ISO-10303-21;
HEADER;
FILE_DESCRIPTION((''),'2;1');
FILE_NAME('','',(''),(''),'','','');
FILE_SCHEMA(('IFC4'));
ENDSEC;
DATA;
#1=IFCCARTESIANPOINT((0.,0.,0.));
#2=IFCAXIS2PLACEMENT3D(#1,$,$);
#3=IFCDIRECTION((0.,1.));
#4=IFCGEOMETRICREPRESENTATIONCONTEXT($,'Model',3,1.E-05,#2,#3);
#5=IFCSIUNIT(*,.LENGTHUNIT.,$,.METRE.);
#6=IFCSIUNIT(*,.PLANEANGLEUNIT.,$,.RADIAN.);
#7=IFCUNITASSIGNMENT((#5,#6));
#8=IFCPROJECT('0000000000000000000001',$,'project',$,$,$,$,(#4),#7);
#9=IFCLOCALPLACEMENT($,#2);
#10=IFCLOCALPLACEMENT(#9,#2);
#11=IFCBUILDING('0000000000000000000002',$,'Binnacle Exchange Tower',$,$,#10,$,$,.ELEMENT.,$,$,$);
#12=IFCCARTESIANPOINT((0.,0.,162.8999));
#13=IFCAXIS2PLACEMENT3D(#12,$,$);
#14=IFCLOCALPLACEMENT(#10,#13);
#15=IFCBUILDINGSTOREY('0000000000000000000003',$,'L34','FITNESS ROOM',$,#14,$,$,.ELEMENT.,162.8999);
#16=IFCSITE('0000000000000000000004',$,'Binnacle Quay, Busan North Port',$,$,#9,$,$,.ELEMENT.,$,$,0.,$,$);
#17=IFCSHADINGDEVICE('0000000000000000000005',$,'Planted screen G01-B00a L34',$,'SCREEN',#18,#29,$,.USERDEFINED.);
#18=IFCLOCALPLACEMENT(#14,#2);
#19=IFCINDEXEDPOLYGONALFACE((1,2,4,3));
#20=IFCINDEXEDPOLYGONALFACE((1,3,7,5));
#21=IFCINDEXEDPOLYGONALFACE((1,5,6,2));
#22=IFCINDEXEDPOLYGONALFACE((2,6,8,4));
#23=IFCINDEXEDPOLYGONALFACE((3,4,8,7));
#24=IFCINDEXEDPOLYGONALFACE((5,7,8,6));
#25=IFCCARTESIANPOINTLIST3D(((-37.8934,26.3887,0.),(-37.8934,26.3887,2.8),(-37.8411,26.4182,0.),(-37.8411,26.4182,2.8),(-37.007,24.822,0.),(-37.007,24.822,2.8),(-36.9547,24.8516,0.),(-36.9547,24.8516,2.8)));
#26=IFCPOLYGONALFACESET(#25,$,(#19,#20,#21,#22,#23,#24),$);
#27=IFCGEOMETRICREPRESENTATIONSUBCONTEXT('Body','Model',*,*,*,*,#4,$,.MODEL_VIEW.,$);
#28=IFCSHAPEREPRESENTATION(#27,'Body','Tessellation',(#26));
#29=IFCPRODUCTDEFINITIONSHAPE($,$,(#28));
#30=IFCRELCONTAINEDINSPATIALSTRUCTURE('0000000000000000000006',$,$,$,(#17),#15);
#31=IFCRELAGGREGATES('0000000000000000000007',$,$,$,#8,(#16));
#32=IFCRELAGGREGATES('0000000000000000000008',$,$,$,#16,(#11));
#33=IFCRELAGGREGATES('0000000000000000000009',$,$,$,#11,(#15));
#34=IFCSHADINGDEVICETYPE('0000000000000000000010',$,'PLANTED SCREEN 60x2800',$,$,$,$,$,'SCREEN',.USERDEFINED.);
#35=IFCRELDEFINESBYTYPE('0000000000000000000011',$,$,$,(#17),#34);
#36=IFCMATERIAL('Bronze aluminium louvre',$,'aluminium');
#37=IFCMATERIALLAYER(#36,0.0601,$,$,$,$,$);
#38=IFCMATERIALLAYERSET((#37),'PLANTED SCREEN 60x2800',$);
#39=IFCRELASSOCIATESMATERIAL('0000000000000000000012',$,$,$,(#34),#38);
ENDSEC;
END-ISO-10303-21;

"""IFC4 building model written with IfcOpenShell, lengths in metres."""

from ifc_helpers import new_model, si_unit, direction, frame, origin, origin_2d, place, context, subcontext, project, spatial, rectangle, extrude, material, layer, layer_set, type_object, element, save


model = new_model("IFC4")

# Units and contexts
model_context = context("Model", 3, precision=1e-05, world=origin(), true_north=direction((0.0, 1.0)))
body_context = subcontext(model_context, "Body", "Model", "MODEL_VIEW")
ifc_project = project(units=[si_unit("LENGTHUNIT", "METRE"), si_unit("PLANEANGLEUNIT", "RADIAN")], contexts=[model_context])

# Site, building, storey
site_placement = place(None, origin())
site = spatial("IfcSite", under=ifc_project, at=site_placement, Name="Binnacle Quay, Busan North Port", CompositionType="ELEMENT", RefElevation=0.0)
building_placement = place(site_placement, origin())
building = spatial("IfcBuilding", under=site, at=building_placement, Name="Binnacle Exchange Tower", CompositionType="ELEMENT")
storey_placement = place(building_placement, frame((0.0, 0.0, 162.8999)))
storey = spatial("IfcBuildingStorey", under=building, at=storey_placement, Name="L34", Description="FITNESS ROOM", CompositionType="ELEMENT", Elevation=162.8999)

# Shading device
ifc_material_1 = material(Name="Bronze aluminium louvre", Category="aluminium")
ifc_layer_1 = layer(ifc_material_1, 0.0601)
ifc_layer_set_1 = layer_set([ifc_layer_1], Name="PLANTED SCREEN 60x2800")
shading_device_type = type_object("IfcShadingDeviceType", Name="PLANTED SCREEN 60x2800", ElementType="SCREEN", PredefinedType="USERDEFINED", material=ifc_layer_set_1)
shading_device_placement = place(storey_placement, frame((-37.4241, 25.6201, 0.0), z_axis=(0.0, 0.0, 1.0), x_axis=(0.870356, 0.492424, 0.0)))
element("IfcShadingDevice", 1, at=shading_device_placement, inside=storey, type_object=shading_device_type, Name="Planted screen G01-B00a L34", ObjectType="SCREEN", PredefinedType="USERDEFINED", context=body_context, shape_type="SweptSolid", body=[
    extrude(rectangle(XDim=0.0601, YDim=1.8, at=origin_2d()), origin(), (0.0, 0.0, 1.0), 2.8),
])

save(model, "model.ifc")
